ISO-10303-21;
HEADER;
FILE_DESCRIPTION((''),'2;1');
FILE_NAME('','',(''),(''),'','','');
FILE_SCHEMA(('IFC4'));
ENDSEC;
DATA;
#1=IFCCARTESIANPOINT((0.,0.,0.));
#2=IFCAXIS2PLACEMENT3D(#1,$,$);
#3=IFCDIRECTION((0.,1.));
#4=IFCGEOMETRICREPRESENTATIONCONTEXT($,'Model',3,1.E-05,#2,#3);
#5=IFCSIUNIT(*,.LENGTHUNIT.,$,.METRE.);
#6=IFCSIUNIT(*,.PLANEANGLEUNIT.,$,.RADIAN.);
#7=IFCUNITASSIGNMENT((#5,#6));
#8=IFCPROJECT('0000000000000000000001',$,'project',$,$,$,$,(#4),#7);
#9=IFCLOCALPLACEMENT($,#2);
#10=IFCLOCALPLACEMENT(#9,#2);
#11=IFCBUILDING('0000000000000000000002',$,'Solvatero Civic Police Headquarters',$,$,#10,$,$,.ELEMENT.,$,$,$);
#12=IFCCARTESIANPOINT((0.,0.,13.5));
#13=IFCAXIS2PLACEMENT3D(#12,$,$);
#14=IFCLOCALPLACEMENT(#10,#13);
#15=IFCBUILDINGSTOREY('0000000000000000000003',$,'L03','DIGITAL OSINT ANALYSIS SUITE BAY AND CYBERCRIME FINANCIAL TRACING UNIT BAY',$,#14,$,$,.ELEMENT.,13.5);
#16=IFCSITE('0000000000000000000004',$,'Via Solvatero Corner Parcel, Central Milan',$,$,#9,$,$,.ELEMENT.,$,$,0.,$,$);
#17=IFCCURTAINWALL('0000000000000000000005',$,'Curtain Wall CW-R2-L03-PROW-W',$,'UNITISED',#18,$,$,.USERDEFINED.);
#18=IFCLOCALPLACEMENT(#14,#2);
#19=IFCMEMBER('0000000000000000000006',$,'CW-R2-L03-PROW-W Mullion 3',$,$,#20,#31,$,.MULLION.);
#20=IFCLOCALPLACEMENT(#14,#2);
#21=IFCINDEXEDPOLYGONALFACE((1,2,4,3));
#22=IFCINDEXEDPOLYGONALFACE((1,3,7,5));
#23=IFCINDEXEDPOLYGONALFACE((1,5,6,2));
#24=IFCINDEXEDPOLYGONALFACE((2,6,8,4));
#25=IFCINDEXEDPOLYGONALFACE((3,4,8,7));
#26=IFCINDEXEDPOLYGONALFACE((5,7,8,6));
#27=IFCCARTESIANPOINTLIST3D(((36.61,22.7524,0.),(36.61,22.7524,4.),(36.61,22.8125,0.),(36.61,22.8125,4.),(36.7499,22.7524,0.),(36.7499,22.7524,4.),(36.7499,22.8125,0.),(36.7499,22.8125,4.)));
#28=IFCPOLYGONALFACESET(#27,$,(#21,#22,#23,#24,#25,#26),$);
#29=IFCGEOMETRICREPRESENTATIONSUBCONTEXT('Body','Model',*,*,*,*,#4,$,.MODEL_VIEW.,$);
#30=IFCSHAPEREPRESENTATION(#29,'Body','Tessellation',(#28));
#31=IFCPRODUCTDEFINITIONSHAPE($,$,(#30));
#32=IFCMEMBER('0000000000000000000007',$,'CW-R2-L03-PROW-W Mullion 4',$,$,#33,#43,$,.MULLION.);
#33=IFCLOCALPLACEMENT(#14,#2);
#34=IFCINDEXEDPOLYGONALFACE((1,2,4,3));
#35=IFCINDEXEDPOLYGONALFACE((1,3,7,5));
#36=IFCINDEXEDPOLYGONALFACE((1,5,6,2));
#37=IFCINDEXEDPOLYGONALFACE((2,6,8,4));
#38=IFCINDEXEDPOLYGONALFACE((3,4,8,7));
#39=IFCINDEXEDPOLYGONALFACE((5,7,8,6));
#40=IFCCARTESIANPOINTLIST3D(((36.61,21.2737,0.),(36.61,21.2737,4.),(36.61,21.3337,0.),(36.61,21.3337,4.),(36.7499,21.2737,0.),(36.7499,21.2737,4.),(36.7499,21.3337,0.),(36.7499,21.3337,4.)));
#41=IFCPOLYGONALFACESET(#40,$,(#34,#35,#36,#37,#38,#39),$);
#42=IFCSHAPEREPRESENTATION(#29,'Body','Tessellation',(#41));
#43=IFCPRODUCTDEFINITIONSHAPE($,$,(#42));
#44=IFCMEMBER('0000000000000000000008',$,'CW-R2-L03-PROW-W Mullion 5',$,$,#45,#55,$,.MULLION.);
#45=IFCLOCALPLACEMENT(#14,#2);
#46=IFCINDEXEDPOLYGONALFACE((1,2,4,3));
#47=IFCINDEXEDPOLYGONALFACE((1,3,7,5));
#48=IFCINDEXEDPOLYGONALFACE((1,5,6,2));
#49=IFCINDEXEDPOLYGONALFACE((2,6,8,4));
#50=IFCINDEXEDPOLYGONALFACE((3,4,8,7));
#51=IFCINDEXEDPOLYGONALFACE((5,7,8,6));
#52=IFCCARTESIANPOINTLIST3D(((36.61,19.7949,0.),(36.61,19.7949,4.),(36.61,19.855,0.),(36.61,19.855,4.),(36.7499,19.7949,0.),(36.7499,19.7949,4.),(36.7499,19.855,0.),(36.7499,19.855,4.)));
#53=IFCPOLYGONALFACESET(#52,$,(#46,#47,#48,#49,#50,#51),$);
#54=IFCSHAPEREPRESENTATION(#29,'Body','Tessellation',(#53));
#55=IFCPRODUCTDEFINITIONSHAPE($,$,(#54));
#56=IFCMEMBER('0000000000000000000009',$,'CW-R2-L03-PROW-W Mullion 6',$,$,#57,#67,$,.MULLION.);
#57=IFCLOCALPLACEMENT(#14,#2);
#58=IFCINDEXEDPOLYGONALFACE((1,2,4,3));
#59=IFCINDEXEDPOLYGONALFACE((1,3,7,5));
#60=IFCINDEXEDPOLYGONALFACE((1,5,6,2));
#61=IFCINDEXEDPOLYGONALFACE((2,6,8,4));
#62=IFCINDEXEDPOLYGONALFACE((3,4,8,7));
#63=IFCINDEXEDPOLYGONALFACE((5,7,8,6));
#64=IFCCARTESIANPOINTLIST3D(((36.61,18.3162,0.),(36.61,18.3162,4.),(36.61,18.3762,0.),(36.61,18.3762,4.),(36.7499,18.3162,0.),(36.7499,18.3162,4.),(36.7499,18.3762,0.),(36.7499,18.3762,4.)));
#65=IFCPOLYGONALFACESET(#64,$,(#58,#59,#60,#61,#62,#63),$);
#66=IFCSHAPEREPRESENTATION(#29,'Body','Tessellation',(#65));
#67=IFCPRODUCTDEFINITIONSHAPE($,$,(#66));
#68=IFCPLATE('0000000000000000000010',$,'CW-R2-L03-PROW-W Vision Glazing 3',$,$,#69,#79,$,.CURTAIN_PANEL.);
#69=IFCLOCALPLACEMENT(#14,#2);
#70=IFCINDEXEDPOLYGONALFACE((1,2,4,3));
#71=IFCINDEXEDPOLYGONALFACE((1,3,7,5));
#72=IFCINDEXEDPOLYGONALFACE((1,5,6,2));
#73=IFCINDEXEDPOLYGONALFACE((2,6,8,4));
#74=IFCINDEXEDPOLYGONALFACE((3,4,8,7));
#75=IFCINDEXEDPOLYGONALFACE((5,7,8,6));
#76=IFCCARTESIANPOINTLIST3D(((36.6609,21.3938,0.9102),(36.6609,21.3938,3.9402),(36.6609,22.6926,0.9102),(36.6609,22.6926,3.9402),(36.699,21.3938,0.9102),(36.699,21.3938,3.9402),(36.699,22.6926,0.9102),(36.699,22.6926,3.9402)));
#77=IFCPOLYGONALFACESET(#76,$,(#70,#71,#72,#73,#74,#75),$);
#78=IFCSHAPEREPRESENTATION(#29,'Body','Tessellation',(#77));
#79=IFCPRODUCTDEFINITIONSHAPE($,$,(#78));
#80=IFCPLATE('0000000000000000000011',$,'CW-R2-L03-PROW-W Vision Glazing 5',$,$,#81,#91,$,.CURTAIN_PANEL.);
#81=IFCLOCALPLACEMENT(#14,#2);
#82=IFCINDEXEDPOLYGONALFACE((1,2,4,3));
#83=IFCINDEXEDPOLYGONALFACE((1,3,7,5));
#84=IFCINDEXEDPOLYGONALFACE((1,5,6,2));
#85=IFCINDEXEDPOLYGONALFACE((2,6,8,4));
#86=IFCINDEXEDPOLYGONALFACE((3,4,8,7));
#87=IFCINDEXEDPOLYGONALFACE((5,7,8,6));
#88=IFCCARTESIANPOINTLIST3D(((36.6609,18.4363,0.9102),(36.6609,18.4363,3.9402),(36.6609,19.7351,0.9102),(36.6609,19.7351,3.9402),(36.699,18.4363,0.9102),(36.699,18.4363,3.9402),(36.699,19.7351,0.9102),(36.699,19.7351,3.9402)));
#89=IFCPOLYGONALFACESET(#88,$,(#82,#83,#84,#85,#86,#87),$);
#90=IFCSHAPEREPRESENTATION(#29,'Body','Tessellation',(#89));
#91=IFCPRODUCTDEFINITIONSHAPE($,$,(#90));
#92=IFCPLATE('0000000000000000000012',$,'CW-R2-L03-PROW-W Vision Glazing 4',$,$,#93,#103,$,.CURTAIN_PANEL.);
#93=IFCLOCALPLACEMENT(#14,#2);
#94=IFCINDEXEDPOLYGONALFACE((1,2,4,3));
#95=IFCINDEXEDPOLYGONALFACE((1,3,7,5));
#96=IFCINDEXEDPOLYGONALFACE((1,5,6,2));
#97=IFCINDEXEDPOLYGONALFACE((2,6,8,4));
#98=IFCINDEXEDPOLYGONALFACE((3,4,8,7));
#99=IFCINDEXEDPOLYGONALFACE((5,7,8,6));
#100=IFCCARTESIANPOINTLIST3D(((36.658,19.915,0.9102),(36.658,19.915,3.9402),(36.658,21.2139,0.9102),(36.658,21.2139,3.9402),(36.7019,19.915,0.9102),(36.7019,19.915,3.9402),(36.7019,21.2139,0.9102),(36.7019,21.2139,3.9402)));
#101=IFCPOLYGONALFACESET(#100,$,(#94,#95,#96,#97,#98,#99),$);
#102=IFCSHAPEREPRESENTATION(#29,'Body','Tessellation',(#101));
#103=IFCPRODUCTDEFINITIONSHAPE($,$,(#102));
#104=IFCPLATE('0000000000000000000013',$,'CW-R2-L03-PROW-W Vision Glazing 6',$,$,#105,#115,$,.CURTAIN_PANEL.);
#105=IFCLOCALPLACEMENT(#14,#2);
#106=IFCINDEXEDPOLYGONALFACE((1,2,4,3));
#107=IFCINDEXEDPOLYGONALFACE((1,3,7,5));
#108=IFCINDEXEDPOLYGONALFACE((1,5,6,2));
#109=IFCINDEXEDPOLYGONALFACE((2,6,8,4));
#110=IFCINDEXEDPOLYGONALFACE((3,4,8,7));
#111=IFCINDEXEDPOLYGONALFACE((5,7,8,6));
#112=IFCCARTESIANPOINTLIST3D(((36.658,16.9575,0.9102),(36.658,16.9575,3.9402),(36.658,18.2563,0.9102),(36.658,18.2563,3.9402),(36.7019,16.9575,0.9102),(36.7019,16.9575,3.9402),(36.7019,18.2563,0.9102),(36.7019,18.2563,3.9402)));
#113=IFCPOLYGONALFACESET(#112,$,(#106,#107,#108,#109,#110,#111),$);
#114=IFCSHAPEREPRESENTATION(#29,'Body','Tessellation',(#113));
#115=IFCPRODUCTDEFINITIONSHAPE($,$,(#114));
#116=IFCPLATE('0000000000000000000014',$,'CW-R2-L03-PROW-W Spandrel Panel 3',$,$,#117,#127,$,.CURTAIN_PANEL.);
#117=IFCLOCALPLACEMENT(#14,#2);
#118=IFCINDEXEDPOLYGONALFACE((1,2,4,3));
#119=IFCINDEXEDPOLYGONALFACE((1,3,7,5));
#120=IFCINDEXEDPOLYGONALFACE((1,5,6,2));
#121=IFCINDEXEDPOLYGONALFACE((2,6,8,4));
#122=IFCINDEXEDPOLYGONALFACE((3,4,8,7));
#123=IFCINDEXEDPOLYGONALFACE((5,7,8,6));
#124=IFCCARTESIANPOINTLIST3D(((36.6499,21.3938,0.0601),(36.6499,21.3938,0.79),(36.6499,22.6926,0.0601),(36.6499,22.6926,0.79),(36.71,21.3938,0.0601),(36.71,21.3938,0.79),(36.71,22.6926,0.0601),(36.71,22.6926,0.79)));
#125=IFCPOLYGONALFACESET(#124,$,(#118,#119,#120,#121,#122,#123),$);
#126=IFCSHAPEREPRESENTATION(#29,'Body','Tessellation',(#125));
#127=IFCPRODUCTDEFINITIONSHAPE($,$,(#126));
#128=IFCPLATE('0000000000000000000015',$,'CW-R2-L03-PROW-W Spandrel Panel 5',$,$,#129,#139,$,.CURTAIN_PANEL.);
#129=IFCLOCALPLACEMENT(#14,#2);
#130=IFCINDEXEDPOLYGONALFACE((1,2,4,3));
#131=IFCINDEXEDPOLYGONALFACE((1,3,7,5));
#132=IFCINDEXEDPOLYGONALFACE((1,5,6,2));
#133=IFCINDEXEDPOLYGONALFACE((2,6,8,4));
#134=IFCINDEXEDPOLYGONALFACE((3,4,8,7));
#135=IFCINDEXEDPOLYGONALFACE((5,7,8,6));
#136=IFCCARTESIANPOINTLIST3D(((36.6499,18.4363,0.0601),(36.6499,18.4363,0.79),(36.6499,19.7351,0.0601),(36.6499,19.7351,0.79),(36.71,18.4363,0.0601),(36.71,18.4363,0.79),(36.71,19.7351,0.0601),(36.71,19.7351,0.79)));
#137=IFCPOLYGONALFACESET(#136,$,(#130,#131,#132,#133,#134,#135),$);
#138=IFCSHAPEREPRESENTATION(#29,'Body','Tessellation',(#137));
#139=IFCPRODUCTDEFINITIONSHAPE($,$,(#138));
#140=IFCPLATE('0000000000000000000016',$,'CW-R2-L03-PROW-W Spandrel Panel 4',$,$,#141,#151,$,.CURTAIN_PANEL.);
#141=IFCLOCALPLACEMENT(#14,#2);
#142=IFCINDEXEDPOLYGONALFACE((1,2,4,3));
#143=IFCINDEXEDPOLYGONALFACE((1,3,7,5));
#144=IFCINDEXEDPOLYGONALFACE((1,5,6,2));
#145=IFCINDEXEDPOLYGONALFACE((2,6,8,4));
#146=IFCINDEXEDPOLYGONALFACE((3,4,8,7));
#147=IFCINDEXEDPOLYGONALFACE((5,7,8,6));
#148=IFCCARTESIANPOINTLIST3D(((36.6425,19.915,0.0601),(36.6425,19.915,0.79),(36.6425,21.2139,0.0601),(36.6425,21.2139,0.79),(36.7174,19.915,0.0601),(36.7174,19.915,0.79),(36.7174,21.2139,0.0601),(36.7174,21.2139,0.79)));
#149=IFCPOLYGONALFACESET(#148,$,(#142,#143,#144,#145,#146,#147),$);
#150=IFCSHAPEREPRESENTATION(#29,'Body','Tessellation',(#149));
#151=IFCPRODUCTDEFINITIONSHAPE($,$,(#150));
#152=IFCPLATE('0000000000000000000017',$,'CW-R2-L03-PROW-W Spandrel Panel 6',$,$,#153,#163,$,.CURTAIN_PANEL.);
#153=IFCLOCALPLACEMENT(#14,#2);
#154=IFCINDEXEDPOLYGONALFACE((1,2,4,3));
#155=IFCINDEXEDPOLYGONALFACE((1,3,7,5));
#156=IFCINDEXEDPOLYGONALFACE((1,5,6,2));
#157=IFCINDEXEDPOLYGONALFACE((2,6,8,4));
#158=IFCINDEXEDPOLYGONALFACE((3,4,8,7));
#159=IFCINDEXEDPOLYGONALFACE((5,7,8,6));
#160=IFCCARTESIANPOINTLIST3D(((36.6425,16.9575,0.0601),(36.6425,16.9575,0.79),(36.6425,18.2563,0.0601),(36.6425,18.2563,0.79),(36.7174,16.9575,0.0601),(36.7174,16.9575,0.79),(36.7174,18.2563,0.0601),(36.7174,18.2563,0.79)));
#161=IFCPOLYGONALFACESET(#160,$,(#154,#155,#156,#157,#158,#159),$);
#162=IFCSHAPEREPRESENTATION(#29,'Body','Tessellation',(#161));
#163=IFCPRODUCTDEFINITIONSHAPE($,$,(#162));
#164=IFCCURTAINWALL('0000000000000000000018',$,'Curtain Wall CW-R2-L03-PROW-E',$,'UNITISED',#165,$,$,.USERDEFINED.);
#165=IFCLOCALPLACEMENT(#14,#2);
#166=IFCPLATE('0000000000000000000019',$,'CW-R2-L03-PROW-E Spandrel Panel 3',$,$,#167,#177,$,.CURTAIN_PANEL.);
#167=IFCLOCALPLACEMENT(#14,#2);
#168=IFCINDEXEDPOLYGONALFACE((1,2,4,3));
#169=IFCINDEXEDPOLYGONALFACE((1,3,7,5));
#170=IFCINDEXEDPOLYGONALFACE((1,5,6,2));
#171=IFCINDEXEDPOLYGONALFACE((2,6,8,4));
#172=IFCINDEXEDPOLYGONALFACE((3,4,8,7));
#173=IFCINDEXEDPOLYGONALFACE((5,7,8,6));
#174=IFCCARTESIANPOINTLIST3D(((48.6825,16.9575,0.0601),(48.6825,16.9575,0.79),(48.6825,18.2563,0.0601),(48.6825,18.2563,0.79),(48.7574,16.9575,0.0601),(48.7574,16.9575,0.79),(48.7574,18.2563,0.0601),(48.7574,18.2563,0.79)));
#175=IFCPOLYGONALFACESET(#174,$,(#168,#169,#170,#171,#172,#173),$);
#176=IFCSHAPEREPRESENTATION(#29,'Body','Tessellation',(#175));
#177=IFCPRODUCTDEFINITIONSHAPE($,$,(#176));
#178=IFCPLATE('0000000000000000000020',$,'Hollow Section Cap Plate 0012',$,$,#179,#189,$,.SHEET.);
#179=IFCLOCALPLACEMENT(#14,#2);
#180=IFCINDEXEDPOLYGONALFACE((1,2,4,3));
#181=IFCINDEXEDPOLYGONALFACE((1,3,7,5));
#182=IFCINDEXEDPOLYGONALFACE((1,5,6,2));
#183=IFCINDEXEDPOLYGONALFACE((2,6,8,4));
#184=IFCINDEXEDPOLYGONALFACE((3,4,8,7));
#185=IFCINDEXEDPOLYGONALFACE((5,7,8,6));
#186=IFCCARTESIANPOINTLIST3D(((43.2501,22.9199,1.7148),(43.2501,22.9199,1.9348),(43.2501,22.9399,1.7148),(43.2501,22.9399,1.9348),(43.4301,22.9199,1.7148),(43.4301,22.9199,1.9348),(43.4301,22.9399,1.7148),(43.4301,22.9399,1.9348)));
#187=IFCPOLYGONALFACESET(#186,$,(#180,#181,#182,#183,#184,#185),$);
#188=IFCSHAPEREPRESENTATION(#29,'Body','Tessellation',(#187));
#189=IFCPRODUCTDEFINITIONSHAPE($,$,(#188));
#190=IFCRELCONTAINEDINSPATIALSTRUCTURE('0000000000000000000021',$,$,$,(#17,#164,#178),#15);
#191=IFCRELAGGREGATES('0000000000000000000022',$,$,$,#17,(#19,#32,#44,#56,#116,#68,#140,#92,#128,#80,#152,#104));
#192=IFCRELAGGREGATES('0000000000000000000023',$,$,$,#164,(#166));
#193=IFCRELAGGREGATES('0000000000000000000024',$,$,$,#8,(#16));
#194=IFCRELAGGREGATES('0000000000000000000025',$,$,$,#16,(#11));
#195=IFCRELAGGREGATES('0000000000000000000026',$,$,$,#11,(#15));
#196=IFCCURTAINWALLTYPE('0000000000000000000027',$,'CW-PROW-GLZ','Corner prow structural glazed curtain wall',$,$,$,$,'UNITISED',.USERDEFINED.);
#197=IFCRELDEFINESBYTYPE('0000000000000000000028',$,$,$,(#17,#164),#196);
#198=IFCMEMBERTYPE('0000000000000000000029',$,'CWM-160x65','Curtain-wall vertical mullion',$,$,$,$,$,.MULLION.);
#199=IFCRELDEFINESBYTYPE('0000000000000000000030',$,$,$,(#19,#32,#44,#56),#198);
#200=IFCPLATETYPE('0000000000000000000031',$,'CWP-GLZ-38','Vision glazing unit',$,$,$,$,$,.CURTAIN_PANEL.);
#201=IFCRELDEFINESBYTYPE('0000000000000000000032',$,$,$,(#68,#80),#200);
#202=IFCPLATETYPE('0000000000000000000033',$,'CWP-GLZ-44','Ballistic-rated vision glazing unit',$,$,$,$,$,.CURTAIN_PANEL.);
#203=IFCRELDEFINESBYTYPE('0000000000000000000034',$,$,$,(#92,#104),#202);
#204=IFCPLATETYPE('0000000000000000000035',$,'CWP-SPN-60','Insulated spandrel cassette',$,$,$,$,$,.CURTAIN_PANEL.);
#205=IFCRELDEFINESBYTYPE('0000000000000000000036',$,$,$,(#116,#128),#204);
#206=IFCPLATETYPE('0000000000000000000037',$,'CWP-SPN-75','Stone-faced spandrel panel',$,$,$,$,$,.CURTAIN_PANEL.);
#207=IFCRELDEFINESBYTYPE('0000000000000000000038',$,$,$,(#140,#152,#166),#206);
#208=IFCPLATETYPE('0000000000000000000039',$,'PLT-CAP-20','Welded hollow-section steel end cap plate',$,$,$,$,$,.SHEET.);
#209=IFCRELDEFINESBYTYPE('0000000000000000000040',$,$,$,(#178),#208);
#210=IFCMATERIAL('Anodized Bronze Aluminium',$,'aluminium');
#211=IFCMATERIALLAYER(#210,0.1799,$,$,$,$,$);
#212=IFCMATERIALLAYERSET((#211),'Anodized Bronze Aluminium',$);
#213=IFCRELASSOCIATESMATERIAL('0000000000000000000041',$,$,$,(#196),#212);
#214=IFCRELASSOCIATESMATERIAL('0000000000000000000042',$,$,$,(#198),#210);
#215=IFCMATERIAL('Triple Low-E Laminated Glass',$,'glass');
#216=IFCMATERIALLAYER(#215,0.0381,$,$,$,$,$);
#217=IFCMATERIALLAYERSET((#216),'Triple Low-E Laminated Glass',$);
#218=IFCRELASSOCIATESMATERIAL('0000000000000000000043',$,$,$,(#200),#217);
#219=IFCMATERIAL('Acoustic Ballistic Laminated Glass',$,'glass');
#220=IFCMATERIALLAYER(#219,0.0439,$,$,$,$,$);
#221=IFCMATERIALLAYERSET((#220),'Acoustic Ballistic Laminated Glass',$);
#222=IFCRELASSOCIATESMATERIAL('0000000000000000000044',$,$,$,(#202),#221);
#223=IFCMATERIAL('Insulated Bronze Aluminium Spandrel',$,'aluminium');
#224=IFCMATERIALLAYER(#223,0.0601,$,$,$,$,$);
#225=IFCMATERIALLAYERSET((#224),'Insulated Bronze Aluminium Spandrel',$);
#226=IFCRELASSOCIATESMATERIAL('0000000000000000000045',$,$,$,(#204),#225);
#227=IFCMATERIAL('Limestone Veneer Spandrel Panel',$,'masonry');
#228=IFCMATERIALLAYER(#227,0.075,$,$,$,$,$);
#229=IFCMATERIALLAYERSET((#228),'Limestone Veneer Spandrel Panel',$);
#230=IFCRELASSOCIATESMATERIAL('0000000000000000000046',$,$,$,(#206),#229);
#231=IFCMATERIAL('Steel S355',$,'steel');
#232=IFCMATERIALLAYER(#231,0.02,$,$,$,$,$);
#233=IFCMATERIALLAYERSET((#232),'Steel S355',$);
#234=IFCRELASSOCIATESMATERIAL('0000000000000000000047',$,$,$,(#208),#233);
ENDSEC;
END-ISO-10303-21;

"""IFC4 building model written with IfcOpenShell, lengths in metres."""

from ifc_helpers import new_model, si_unit, direction, frame, origin, origin_2d, place, context, subcontext, project, spatial, rectangle, extrude, material, layer, layer_set, material_profile, profile_set, type_object, element, aggregate, save


model = new_model("IFC4")

# Units and contexts
model_context = context("Model", 3, precision=1e-05, world=origin(), true_north=direction((0.0, 1.0)))
body_context = subcontext(model_context, "Body", "Model", "MODEL_VIEW")
ifc_project = project(units=[si_unit("LENGTHUNIT", "METRE"), si_unit("PLANEANGLEUNIT", "RADIAN")], contexts=[model_context])

# Site, building, storey
site_placement = place(None, origin())
site = spatial("IfcSite", under=ifc_project, at=site_placement, Name="Via Solvatero Corner Parcel, Central Milan", CompositionType="ELEMENT", RefElevation=0.0)
building_placement = place(site_placement, origin())
building = spatial("IfcBuilding", under=site, at=building_placement, Name="Solvatero Civic Police Headquarters", CompositionType="ELEMENT")
storey_placement = place(building_placement, frame((0.0, 0.0, 13.5)))
storey = spatial("IfcBuildingStorey", under=building, at=storey_placement, Name="L03", Description="DIGITAL OSINT ANALYSIS SUITE BAY AND CYBERCRIME FINANCIAL TRACING UNIT BAY", CompositionType="ELEMENT", Elevation=13.5)

# Curtain wall, members, plates
ifc_material_1 = material(Name="Anodized Bronze Aluminium", Category="aluminium")
ifc_layer_1 = layer(ifc_material_1, 0.1799)
ifc_layer_set_1 = layer_set([ifc_layer_1], Name="Anodized Bronze Aluminium")
curtain_wall_type = type_object("IfcCurtainWallType", Name="CW-PROW-GLZ", Description="Corner prow structural glazed curtain wall", ElementType="UNITISED", PredefinedType="USERDEFINED", material=ifc_layer_set_1)
curtain_wall_1_placement = place(storey_placement, origin())
curtain_wall_1 = element("IfcCurtainWall", 1, at=curtain_wall_1_placement, inside=storey, type_object=curtain_wall_type, Name="Curtain Wall CW-R2-L03-PROW-W", ObjectType="UNITISED", PredefinedType="USERDEFINED")
ifc_material_profile = material_profile(ifc_material_1, rectangle(XDim=0.0601, YDim=0.1399, at=origin_2d()), Name="ALU MULLION 60x140")
ifc_profile_set = profile_set([ifc_material_profile], Name="Anodized Bronze Aluminium")
member_type = type_object("IfcMemberType", Name="CWM-160x65", Description="Curtain-wall vertical mullion", PredefinedType="MULLION", material=ifc_profile_set)
member_1_placement = place(storey_placement, frame((36.6799, 22.7825, 0.0), z_axis=(0.0, 0.0, 1.0), x_axis=(0.0, -1.0, 0.0)))
member_1 = element("IfcMember", 2, at=member_1_placement, type_object=member_type, Name="CW-R2-L03-PROW-W Mullion 3", PredefinedType="MULLION", context=body_context, shape_type="SweptSolid", body=[
    extrude(rectangle(XDim=0.0601, YDim=0.1399, at=origin_2d()), origin(), (0.0, 0.0, 1.0), 4.0),
])
member_2_placement = place(storey_placement, frame((36.6799, 21.3037, 0.0), z_axis=(0.0, 0.0, 1.0), x_axis=(0.0, -1.0, 0.0)))
member_2 = element("IfcMember", 3, at=member_2_placement, type_object=member_type, Name="CW-R2-L03-PROW-W Mullion 4", PredefinedType="MULLION", context=body_context, shape_type="SweptSolid", body=[
    extrude(rectangle(XDim=0.0601, YDim=0.1399, at=origin_2d()), origin(), (0.0, 0.0, 1.0), 4.0),
])
member_3_placement = place(storey_placement, frame((36.6799, 19.825, 0.0), z_axis=(0.0, 0.0, 1.0), x_axis=(0.0, -1.0, 0.0)))
member_3 = element("IfcMember", 4, at=member_3_placement, type_object=member_type, Name="CW-R2-L03-PROW-W Mullion 5", PredefinedType="MULLION", context=body_context, shape_type="SweptSolid", body=[
    extrude(rectangle(XDim=0.0601, YDim=0.1399, at=origin_2d()), origin(), (0.0, 0.0, 1.0), 4.0),
])
member_4_placement = place(storey_placement, frame((36.6799, 18.3462, 0.0), z_axis=(0.0, 0.0, 1.0), x_axis=(0.0, -1.0, 0.0)))
member_4 = element("IfcMember", 5, at=member_4_placement, type_object=member_type, Name="CW-R2-L03-PROW-W Mullion 6", PredefinedType="MULLION", context=body_context, shape_type="SweptSolid", body=[
    extrude(rectangle(XDim=0.0601, YDim=0.1399, at=origin_2d()), origin(), (0.0, 0.0, 1.0), 4.0),
])
ifc_material_2 = material(Name="Triple Low-E Laminated Glass", Category="glass")
ifc_layer_2 = layer(ifc_material_2, 0.0381)
ifc_layer_set_2 = layer_set([ifc_layer_2], Name="Triple Low-E Laminated Glass")
plate_type_1 = type_object("IfcPlateType", Name="CWP-GLZ-38", Description="Vision glazing unit", PredefinedType="CURTAIN_PANEL", material=ifc_layer_set_2)
plate_1_placement = place(storey_placement, frame((36.6799, 22.0432, 0.9102), z_axis=(0.0, 0.0, 1.0), x_axis=(0.0, -1.0, 0.0)))
plate_1 = element("IfcPlate", 6, at=plate_1_placement, type_object=plate_type_1, Name="CW-R2-L03-PROW-W Vision Glazing 3", PredefinedType="CURTAIN_PANEL", context=body_context, shape_type="SweptSolid", body=[
    extrude(rectangle(XDim=1.2988, YDim=0.0381, at=origin_2d()), origin(), (0.0, 0.0, 1.0), 3.03),
])
plate_2_placement = place(storey_placement, frame((36.6799, 19.0857, 0.9102), z_axis=(0.0, 0.0, 1.0), x_axis=(0.0, -1.0, 0.0)))
plate_2 = element("IfcPlate", 7, at=plate_2_placement, type_object=plate_type_1, Name="CW-R2-L03-PROW-W Vision Glazing 5", PredefinedType="CURTAIN_PANEL", context=body_context, shape_type="SweptSolid", body=[
    extrude(rectangle(XDim=1.2988, YDim=0.0381, at=origin_2d()), origin(), (0.0, 0.0, 1.0), 3.03),
])
ifc_material_3 = material(Name="Acoustic Ballistic Laminated Glass", Category="glass")
ifc_layer_3 = layer(ifc_material_3, 0.0439)
ifc_layer_set_3 = layer_set([ifc_layer_3], Name="Acoustic Ballistic Laminated Glass")
plate_type_2 = type_object("IfcPlateType", Name="CWP-GLZ-44", Description="Ballistic-rated vision glazing unit", PredefinedType="CURTAIN_PANEL", material=ifc_layer_set_3)
plate_3_placement = place(storey_placement, frame((36.6799, 20.5645, 0.9102), z_axis=(0.0, 0.0, 1.0), x_axis=(0.0, -1.0, 0.0)))
plate_3 = element("IfcPlate", 8, at=plate_3_placement, type_object=plate_type_2, Name="CW-R2-L03-PROW-W Vision Glazing 4", PredefinedType="CURTAIN_PANEL", context=body_context, shape_type="SweptSolid", body=[
    extrude(rectangle(XDim=1.2988, YDim=0.0439, at=origin_2d()), origin(), (0.0, 0.0, 1.0), 3.03),
])
plate_4_placement = place(storey_placement, frame((36.6799, 17.6069, 0.9102), z_axis=(0.0, 0.0, 1.0), x_axis=(0.0, -1.0, 0.0)))
plate_4 = element("IfcPlate", 9, at=plate_4_placement, type_object=plate_type_2, Name="CW-R2-L03-PROW-W Vision Glazing 6", PredefinedType="CURTAIN_PANEL", context=body_context, shape_type="SweptSolid", body=[
    extrude(rectangle(XDim=1.2988, YDim=0.0439, at=origin_2d()), origin(), (0.0, 0.0, 1.0), 3.03),
])
ifc_material_4 = material(Name="Insulated Bronze Aluminium Spandrel", Category="aluminium")
ifc_layer_4 = layer(ifc_material_4, 0.0601)
ifc_layer_set_4 = layer_set([ifc_layer_4], Name="Insulated Bronze Aluminium Spandrel")
plate_type_3 = type_object("IfcPlateType", Name="CWP-SPN-60", Description="Insulated spandrel cassette", PredefinedType="CURTAIN_PANEL", material=ifc_layer_set_4)
plate_5_placement = place(storey_placement, frame((36.6799, 22.0432, 0.0601), z_axis=(0.0, 0.0, 1.0), x_axis=(0.0, -1.0, 0.0)))
plate_5 = element("IfcPlate", 10, at=plate_5_placement, type_object=plate_type_3, Name="CW-R2-L03-PROW-W Spandrel Panel 3", PredefinedType="CURTAIN_PANEL", context=body_context, shape_type="SweptSolid", body=[
    extrude(rectangle(XDim=1.2988, YDim=0.0601, at=origin_2d()), origin(), (0.0, 0.0, 1.0), 0.73),
])
plate_6_placement = place(storey_placement, frame((36.6799, 19.0857, 0.0601), z_axis=(0.0, 0.0, 1.0), x_axis=(0.0, -1.0, 0.0)))
plate_6 = element("IfcPlate", 11, at=plate_6_placement, type_object=plate_type_3, Name="CW-R2-L03-PROW-W Spandrel Panel 5", PredefinedType="CURTAIN_PANEL", context=body_context, shape_type="SweptSolid", body=[
    extrude(rectangle(XDim=1.2988, YDim=0.0601, at=origin_2d()), origin(), (0.0, 0.0, 1.0), 0.73),
])
ifc_material_5 = material(Name="Limestone Veneer Spandrel Panel", Category="masonry")
ifc_layer_5 = layer(ifc_material_5, 0.075)
ifc_layer_set_5 = layer_set([ifc_layer_5], Name="Limestone Veneer Spandrel Panel")
plate_type_4 = type_object("IfcPlateType", Name="CWP-SPN-75", Description="Stone-faced spandrel panel", PredefinedType="CURTAIN_PANEL", material=ifc_layer_set_5)
plate_7_placement = place(storey_placement, frame((36.6799, 20.5645, 0.0601), z_axis=(0.0, 0.0, 1.0), x_axis=(0.0, -1.0, 0.0)))
plate_7 = element("IfcPlate", 12, at=plate_7_placement, type_object=plate_type_4, Name="CW-R2-L03-PROW-W Spandrel Panel 4", PredefinedType="CURTAIN_PANEL", context=body_context, shape_type="SweptSolid", body=[
    extrude(rectangle(XDim=1.2988, YDim=0.075, at=origin_2d()), origin(), (0.0, 0.0, 1.0), 0.73),
])
plate_8_placement = place(storey_placement, frame((36.6799, 17.6069, 0.0601), z_axis=(0.0, 0.0, 1.0), x_axis=(0.0, -1.0, 0.0)))
plate_8 = element("IfcPlate", 13, at=plate_8_placement, type_object=plate_type_4, Name="CW-R2-L03-PROW-W Spandrel Panel 6", PredefinedType="CURTAIN_PANEL", context=body_context, shape_type="SweptSolid", body=[
    extrude(rectangle(XDim=1.2988, YDim=0.075, at=origin_2d()), origin(), (0.0, 0.0, 1.0), 0.73),
])
aggregate(curtain_wall_1, [member_1, member_2, member_3, member_4, plate_5, plate_1, plate_7, plate_3, plate_6, plate_2, plate_8, plate_4])

# Curtain wall, plate
curtain_wall_2_placement = place(storey_placement, origin())
curtain_wall_2 = element("IfcCurtainWall", 14, at=curtain_wall_2_placement, inside=storey, type_object=curtain_wall_type, Name="Curtain Wall CW-R2-L03-PROW-E", ObjectType="UNITISED", PredefinedType="USERDEFINED")
plate_9_placement = place(storey_placement, frame((48.72, 17.6069, 0.0601), z_axis=(0.0, 0.0, 1.0), x_axis=(0.0, 1.0, 0.0)))
plate_9 = element("IfcPlate", 15, at=plate_9_placement, type_object=plate_type_4, Name="CW-R2-L03-PROW-E Spandrel Panel 3", PredefinedType="CURTAIN_PANEL", context=body_context, shape_type="SweptSolid", body=[
    extrude(rectangle(XDim=1.2988, YDim=0.075, at=origin_2d()), origin(), (0.0, 0.0, 1.0), 0.73),
])
aggregate(curtain_wall_2, [plate_9])

# Plate
ifc_material_6 = material(Name="Steel S355", Category="steel")
ifc_layer_6 = layer(ifc_material_6, 0.02)
ifc_layer_set_6 = layer_set([ifc_layer_6], Name="Steel S355")
plate_type_5 = type_object("IfcPlateType", Name="PLT-CAP-20", Description="Welded hollow-section steel end cap plate", PredefinedType="SHEET", material=ifc_layer_set_6)
plate_10_placement = place(storey_placement, frame((43.3401, 22.9299, 1.7148), z_axis=(0.0, 0.0, 1.0), x_axis=(1.0, 0.0, 0.0)))
element("IfcPlate", 16, at=plate_10_placement, inside=storey, type_object=plate_type_5, Name="Hollow Section Cap Plate 0012", PredefinedType="SHEET", context=body_context, shape_type="SweptSolid", body=[
    extrude(rectangle(XDim=0.1799, YDim=0.02, at=origin_2d()), origin(), (0.0, 0.0, 1.0), 0.22),
])

save(model, "model.ifc")
